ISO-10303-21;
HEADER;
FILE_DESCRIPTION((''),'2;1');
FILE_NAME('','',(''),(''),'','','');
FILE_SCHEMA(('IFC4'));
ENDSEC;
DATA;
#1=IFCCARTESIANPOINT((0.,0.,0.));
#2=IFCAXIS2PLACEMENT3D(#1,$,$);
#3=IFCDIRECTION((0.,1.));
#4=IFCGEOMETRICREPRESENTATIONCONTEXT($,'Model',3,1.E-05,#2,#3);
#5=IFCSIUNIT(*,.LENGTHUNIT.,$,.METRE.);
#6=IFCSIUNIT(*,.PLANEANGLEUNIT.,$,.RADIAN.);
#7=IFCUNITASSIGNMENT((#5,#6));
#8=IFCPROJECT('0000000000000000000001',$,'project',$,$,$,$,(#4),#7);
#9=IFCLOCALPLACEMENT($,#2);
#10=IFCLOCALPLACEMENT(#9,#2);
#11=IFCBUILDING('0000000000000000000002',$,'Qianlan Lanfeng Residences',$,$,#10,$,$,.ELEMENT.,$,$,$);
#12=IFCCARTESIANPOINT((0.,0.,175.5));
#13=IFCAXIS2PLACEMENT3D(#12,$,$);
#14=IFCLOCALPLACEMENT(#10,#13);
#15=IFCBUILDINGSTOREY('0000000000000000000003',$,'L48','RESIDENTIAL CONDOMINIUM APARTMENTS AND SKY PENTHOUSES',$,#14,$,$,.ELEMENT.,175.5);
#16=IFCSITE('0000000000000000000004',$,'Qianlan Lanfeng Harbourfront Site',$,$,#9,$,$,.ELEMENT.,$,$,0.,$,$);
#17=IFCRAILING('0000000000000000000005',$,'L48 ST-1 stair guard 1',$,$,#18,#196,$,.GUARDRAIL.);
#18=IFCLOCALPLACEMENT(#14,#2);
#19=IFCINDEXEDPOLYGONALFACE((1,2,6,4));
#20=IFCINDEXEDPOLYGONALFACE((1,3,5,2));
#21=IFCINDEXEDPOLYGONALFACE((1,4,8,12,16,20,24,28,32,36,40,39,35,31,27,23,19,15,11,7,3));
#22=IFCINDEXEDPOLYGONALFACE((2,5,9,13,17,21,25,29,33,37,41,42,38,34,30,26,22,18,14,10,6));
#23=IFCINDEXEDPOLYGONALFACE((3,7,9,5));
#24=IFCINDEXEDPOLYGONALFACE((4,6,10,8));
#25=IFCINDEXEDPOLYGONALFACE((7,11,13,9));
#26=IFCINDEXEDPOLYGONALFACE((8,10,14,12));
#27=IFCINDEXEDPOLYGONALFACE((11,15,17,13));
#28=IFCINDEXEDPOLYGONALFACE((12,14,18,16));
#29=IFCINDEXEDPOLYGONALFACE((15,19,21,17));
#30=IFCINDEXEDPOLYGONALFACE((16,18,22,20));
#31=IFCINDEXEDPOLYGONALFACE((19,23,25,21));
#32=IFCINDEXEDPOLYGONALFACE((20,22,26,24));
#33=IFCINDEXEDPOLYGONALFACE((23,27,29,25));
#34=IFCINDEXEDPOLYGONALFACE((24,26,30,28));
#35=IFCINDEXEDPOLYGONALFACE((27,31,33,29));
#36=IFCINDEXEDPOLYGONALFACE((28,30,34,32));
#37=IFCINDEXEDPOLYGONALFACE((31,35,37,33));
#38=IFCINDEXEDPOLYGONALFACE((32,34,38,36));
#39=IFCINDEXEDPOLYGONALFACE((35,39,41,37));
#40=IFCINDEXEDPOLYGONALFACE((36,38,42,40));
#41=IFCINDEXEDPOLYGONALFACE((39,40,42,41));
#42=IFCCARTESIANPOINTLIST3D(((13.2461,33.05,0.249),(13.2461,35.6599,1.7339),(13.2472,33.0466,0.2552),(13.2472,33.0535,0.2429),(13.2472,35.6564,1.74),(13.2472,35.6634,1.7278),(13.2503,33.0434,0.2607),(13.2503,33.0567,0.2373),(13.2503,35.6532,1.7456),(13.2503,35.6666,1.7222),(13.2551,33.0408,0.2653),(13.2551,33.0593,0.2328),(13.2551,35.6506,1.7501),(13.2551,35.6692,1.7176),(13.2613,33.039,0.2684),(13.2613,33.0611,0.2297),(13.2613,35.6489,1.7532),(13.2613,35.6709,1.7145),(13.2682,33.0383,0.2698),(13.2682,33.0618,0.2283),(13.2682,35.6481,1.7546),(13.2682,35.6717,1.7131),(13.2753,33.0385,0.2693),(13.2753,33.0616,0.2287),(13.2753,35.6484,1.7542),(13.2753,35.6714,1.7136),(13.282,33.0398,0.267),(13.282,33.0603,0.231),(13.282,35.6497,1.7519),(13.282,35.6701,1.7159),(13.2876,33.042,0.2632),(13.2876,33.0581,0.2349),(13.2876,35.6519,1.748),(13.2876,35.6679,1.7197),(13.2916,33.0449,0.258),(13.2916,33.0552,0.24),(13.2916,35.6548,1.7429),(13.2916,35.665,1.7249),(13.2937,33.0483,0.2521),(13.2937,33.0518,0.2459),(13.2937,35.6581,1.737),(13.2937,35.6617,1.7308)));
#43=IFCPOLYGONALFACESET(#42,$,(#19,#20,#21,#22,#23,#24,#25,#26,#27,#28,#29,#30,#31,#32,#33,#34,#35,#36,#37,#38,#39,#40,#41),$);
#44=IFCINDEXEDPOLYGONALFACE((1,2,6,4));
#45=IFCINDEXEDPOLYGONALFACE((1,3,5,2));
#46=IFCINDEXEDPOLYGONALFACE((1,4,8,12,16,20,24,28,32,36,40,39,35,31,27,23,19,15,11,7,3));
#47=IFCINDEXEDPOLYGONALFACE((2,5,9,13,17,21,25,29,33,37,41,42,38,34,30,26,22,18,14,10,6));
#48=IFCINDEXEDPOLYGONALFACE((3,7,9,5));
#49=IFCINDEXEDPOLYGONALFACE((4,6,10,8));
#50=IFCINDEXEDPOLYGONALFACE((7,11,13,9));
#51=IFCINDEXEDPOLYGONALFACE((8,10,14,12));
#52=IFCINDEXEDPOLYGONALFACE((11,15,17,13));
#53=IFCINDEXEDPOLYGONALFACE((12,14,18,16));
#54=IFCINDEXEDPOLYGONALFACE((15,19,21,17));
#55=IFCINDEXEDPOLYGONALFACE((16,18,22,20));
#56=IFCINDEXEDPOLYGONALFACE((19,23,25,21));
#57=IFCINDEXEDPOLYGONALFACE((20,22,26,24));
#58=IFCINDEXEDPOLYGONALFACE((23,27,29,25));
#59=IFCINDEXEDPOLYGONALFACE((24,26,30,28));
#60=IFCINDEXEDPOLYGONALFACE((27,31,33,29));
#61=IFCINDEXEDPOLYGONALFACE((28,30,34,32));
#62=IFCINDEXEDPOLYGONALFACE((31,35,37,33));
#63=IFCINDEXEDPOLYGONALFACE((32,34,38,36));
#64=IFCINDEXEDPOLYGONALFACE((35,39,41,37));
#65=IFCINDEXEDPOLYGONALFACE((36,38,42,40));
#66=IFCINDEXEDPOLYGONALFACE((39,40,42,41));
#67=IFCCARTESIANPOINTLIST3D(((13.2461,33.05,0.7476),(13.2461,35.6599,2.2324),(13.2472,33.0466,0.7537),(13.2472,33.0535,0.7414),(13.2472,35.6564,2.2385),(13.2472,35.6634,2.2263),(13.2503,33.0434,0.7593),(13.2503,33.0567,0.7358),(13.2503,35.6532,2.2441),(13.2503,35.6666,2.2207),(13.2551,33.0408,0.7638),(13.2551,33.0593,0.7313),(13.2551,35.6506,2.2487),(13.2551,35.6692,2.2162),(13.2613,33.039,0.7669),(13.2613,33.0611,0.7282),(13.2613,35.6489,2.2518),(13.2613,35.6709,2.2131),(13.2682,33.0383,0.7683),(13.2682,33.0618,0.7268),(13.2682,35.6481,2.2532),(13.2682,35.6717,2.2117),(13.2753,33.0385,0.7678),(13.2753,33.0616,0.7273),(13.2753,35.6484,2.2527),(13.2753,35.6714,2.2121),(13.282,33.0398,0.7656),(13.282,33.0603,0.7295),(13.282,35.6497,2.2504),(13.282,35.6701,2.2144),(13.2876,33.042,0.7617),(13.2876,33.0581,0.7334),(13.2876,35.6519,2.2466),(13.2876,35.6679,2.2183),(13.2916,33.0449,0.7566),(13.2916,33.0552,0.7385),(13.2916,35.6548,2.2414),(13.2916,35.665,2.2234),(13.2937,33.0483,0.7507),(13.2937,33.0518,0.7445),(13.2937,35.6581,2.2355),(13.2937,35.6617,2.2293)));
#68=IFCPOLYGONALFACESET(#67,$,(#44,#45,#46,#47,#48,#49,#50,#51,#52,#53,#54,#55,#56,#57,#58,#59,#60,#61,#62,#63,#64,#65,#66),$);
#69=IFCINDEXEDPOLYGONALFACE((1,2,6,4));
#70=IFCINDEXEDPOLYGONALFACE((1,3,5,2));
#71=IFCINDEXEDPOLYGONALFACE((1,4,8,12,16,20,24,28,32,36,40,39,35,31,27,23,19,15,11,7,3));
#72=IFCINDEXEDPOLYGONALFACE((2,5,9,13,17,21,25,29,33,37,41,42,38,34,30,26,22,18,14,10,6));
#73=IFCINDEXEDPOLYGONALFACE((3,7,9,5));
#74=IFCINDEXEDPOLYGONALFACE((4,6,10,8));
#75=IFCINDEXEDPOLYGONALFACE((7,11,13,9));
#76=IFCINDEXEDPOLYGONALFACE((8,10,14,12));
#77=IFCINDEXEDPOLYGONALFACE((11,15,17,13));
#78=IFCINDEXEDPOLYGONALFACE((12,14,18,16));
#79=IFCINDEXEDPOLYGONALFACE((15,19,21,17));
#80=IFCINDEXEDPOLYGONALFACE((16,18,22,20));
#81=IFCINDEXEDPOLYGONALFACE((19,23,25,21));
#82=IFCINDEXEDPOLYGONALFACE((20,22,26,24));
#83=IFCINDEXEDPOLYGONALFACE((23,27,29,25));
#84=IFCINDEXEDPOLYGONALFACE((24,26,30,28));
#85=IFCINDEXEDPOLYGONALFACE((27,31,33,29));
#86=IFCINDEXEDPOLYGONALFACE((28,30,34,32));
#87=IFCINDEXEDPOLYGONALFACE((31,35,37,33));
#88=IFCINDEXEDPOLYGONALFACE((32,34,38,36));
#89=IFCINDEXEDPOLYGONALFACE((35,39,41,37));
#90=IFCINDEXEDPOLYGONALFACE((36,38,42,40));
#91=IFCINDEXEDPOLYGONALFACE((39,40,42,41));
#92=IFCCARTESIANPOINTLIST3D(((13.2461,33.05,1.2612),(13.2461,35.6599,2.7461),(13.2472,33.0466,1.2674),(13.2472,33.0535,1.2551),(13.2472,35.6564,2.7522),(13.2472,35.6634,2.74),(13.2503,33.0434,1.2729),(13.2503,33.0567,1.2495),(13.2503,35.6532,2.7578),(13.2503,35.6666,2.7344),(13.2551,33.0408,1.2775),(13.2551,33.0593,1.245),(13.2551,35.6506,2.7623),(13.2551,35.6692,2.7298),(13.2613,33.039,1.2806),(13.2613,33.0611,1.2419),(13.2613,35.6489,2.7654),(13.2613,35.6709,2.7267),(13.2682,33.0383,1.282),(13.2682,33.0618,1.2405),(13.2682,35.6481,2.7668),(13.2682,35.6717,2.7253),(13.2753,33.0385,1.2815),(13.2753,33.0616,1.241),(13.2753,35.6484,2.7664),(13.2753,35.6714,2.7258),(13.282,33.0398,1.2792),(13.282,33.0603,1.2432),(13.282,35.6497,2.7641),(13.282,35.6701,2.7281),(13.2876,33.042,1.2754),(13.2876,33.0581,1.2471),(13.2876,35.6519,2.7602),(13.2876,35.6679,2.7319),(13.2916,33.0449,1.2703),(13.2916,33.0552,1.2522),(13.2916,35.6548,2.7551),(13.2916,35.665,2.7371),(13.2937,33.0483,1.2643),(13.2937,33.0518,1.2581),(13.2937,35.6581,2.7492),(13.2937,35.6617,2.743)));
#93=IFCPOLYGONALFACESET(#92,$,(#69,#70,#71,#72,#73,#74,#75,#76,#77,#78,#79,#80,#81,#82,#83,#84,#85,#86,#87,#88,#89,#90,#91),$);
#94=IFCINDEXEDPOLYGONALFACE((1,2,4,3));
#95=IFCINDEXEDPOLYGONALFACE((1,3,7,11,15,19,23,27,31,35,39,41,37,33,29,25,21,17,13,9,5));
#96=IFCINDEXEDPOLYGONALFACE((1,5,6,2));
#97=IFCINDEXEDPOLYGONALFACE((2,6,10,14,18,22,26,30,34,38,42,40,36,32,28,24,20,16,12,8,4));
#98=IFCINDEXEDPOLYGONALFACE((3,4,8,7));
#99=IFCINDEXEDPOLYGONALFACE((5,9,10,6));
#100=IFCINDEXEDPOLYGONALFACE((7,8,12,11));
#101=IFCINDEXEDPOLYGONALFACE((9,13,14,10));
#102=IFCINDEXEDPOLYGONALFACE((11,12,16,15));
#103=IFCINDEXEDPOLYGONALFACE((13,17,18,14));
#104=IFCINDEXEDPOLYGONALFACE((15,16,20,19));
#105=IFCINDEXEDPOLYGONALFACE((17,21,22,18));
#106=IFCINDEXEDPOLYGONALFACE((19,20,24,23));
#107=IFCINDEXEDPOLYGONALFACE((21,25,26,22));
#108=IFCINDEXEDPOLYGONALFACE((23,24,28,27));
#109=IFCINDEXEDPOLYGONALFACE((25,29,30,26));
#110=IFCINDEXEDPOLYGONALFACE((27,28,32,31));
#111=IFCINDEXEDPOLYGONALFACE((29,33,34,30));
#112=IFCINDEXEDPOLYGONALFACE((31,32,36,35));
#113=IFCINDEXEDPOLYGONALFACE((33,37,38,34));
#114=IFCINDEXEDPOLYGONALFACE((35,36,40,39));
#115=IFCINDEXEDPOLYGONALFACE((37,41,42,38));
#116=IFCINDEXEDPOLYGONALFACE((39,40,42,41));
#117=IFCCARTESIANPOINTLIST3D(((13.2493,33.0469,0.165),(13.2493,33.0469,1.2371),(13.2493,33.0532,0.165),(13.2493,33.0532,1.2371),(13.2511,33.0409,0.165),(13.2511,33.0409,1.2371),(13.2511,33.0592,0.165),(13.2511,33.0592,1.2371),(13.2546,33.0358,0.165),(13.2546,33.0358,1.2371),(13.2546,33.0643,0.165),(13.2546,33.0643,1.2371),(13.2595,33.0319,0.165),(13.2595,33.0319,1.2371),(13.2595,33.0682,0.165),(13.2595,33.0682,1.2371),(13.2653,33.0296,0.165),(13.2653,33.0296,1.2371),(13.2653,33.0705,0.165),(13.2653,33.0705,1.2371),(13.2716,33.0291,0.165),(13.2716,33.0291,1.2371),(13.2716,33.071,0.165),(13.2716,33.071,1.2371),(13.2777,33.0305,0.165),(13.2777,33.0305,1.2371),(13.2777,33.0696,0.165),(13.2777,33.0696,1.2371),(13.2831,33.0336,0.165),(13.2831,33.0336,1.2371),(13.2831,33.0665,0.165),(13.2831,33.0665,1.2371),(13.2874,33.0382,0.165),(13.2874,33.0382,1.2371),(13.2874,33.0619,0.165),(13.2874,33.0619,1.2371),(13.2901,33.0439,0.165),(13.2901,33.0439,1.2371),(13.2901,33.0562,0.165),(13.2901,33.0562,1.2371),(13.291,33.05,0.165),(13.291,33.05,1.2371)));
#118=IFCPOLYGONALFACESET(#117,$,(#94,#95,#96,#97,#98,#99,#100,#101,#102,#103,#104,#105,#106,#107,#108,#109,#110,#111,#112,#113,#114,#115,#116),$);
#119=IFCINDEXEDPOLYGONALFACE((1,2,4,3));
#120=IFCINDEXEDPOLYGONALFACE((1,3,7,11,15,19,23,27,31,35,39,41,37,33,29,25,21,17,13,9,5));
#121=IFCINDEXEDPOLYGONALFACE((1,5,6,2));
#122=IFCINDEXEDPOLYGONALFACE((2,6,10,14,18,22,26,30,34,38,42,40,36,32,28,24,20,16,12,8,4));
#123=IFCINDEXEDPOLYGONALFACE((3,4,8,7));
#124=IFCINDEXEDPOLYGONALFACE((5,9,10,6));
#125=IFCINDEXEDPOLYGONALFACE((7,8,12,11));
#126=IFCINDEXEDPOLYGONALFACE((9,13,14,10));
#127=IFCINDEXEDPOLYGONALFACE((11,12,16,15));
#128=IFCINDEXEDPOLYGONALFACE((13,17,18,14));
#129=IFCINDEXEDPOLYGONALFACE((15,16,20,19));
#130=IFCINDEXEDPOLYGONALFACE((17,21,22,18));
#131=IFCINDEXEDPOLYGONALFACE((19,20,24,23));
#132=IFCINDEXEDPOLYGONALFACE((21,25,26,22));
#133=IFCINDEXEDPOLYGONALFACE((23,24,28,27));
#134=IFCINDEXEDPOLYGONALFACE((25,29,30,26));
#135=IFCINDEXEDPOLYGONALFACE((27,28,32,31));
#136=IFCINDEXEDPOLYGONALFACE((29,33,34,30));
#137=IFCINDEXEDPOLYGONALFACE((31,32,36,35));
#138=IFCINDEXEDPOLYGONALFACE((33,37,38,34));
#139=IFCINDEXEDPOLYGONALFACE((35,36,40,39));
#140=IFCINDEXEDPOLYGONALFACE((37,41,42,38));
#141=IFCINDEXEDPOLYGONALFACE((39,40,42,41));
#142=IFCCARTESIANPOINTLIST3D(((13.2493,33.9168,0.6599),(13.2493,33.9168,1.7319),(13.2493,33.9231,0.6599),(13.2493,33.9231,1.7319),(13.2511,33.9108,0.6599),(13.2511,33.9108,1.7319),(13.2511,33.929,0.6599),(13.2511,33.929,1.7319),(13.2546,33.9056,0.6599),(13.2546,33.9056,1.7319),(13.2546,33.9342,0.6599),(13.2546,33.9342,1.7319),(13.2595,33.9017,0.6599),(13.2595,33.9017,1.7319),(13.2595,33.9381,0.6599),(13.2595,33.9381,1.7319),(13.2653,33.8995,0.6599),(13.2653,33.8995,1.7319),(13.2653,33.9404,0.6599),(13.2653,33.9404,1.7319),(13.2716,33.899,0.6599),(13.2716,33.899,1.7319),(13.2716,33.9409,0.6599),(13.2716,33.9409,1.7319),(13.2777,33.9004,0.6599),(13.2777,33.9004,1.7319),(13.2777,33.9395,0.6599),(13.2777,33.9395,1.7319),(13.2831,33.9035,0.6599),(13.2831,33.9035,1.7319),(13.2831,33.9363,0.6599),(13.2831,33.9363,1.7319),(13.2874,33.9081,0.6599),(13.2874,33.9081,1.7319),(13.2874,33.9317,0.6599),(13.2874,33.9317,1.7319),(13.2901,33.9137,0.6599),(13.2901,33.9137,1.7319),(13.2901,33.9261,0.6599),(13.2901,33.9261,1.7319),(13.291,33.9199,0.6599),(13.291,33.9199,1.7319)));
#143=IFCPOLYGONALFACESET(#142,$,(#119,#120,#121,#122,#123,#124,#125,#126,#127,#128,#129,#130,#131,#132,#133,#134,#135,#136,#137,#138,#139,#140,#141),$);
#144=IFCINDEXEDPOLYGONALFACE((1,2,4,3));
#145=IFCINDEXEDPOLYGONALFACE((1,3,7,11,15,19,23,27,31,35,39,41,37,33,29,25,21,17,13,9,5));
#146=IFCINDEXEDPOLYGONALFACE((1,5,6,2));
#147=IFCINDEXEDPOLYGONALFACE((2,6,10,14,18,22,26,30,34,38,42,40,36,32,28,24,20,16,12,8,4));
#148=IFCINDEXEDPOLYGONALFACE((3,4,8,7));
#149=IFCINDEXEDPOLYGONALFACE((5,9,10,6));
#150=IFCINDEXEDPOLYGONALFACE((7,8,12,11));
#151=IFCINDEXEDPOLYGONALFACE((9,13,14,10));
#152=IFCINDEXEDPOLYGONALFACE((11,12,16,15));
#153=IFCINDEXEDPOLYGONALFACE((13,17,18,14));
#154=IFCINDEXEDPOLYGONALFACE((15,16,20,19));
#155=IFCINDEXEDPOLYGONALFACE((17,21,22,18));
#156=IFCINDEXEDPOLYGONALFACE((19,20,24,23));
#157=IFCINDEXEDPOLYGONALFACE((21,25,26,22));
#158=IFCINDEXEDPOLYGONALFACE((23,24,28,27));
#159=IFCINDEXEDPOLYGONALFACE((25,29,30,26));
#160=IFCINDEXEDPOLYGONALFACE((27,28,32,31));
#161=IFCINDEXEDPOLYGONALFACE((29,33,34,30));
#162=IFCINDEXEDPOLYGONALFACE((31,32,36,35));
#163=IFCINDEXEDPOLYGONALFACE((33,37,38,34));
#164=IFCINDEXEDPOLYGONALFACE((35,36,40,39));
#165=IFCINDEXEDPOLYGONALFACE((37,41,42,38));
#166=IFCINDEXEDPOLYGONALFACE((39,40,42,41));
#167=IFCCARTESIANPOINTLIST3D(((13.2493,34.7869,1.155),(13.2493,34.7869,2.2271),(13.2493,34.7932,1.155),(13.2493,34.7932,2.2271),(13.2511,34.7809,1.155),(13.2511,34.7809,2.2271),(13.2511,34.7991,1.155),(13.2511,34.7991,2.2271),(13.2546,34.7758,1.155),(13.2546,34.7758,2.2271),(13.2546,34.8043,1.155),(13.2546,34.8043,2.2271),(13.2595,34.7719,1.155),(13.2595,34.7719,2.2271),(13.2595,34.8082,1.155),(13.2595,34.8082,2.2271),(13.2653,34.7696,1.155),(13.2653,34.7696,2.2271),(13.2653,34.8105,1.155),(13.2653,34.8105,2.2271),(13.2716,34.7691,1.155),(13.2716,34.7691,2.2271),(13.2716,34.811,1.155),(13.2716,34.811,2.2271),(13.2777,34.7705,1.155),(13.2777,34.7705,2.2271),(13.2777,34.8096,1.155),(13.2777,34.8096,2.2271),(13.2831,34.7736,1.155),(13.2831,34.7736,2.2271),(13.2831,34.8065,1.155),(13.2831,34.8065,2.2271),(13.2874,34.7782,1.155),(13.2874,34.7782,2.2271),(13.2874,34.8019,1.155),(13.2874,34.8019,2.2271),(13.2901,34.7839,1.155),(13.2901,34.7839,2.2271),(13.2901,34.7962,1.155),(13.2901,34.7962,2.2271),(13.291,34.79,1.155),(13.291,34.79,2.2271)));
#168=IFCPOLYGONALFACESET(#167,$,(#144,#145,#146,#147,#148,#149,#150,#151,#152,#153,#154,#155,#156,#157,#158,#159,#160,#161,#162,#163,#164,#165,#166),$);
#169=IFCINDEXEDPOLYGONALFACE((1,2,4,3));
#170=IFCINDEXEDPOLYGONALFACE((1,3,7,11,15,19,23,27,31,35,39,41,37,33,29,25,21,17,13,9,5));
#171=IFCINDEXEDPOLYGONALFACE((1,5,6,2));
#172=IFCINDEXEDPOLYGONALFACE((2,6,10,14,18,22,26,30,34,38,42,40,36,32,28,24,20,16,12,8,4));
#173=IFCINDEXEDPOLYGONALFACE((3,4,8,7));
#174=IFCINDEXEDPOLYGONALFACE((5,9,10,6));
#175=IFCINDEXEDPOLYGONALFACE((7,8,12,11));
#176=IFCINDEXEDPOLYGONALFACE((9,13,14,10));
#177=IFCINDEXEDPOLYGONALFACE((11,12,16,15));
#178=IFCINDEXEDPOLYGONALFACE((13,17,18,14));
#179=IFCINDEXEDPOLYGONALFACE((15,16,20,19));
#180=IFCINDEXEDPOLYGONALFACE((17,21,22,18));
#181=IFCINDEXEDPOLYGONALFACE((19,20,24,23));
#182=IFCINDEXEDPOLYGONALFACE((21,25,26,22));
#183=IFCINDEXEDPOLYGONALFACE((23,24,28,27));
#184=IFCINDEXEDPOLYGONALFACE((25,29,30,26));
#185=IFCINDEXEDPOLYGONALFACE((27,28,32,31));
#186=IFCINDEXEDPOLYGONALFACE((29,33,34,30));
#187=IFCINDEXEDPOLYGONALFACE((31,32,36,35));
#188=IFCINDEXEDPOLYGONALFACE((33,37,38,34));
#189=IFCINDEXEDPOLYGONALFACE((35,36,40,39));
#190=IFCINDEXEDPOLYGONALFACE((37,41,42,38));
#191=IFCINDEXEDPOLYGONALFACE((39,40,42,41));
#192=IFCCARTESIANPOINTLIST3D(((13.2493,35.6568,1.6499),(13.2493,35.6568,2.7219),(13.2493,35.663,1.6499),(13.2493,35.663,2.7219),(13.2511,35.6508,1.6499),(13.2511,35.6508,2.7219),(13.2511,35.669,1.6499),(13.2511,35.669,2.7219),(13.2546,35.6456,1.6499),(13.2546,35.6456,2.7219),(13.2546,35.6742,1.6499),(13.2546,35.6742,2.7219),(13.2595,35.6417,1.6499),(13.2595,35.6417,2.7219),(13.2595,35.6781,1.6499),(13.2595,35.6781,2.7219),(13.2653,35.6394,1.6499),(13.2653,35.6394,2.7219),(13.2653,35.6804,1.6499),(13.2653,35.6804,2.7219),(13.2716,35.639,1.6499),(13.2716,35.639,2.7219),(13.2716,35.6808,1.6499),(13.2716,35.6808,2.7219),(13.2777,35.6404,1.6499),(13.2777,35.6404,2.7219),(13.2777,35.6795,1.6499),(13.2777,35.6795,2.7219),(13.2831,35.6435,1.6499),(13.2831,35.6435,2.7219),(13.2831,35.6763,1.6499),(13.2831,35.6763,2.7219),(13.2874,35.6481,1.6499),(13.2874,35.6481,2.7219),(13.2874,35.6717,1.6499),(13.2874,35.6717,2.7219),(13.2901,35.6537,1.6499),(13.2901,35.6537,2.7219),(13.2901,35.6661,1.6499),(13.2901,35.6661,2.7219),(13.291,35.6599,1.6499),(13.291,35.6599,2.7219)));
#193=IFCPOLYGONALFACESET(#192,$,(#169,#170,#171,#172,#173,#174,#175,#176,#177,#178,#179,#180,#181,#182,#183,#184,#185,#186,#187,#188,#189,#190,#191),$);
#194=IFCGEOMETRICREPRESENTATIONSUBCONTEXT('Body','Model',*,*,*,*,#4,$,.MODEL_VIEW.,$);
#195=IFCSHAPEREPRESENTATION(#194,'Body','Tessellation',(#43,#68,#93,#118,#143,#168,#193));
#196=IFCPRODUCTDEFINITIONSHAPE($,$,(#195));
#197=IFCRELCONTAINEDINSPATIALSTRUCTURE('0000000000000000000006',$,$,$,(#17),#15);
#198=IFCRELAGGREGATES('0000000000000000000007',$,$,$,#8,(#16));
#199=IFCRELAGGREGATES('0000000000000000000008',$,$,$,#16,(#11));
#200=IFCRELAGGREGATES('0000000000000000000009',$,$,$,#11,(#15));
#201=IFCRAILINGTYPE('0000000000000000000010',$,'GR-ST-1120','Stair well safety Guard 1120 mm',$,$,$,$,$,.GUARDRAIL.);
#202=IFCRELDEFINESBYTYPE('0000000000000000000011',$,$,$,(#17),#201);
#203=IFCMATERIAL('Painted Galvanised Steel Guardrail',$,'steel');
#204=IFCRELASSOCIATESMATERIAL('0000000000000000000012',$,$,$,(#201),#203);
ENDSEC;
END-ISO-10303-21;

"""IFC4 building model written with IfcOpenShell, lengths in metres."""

from ifc_helpers import new_model, si_unit, direction, frame, origin, origin_2d, place, context, subcontext, project, spatial, circle, extrude, material, type_object, element, save


model = new_model("IFC4")

# Units and contexts
model_context = context("Model", 3, precision=1e-05, world=origin(), true_north=direction((0.0, 1.0)))
body_context = subcontext(model_context, "Body", "Model", "MODEL_VIEW")
ifc_project = project(units=[si_unit("LENGTHUNIT", "METRE"), si_unit("PLANEANGLEUNIT", "RADIAN")], contexts=[model_context])

# Site, building, storey
site_placement = place(None, origin())
site = spatial("IfcSite", under=ifc_project, at=site_placement, Name="Qianlan Lanfeng Harbourfront Site", CompositionType="ELEMENT", RefElevation=0.0)
building_placement = place(site_placement, origin())
building = spatial("IfcBuilding", under=site, at=building_placement, Name="Qianlan Lanfeng Residences", CompositionType="ELEMENT")
storey_placement = place(building_placement, frame((0.0, 0.0, 175.5)))
storey = spatial("IfcBuildingStorey", under=building, at=storey_placement, Name="L48", Description="RESIDENTIAL CONDOMINIUM APARTMENTS AND SKY PENTHOUSES", CompositionType="ELEMENT", Elevation=175.5)

# Railing
ifc_material_1 = material(Name="Painted Galvanised Steel Guardrail", Category="steel")
railing_type_1 = type_object("IfcRailingType", Name="GR-ST-1120", Description="Stair well safety Guard 1120 mm", PredefinedType="GUARDRAIL", material=ifc_material_1)
railing_1_placement = place(storey_placement, frame((13.27, 33.05, 0.165)))
element("IfcRailing", 1, at=railing_1_placement, inside=storey, type_object=railing_type_1, Name="L48 ST-1 stair guard 1", PredefinedType="GUARDRAIL", context=body_context, shape_type="SweptSolid", body=[
    extrude(circle(Radius=0.0239, at=origin_2d()), frame((0.0, 0.0, 0.084), z_axis=(0.0, 0.869172, 0.494509), x_axis=(-1.0, 0.0, 0.0)), (0.0, 0.0, 1.0), 3.0027),
    extrude(circle(Radius=0.0239, at=origin_2d()), frame((0.0, 0.0, 0.5825), z_axis=(0.0, 0.869172, 0.494509), x_axis=(-1.0, 0.0, 0.0)), (0.0, 0.0, 1.0), 3.0027),
    extrude(circle(Radius=0.0239, at=origin_2d()), frame((0.0, 0.0, 1.0962), z_axis=(0.0, 0.869172, 0.494509), x_axis=(-1.0, 0.0, 0.0)), (0.0, 0.0, 1.0), 3.0027),
    extrude(circle(Radius=0.021, at=origin_2d()), origin(), (0.0, 0.0, 1.0), 1.072),
    extrude(circle(Radius=0.021, at=origin_2d()), frame((0.0, 0.8699, 0.4949)), (0.0, 0.0, 1.0), 1.072),
    extrude(circle(Radius=0.021, at=origin_2d()), frame((0.0, 1.74, 0.99)), (0.0, 0.0, 1.0), 1.072),
    extrude(circle(Radius=0.021, at=origin_2d()), frame((0.0, 2.6099, 1.4849)), (0.0, 0.0, 1.0), 1.072),
])

save(model, "model.ifc")
